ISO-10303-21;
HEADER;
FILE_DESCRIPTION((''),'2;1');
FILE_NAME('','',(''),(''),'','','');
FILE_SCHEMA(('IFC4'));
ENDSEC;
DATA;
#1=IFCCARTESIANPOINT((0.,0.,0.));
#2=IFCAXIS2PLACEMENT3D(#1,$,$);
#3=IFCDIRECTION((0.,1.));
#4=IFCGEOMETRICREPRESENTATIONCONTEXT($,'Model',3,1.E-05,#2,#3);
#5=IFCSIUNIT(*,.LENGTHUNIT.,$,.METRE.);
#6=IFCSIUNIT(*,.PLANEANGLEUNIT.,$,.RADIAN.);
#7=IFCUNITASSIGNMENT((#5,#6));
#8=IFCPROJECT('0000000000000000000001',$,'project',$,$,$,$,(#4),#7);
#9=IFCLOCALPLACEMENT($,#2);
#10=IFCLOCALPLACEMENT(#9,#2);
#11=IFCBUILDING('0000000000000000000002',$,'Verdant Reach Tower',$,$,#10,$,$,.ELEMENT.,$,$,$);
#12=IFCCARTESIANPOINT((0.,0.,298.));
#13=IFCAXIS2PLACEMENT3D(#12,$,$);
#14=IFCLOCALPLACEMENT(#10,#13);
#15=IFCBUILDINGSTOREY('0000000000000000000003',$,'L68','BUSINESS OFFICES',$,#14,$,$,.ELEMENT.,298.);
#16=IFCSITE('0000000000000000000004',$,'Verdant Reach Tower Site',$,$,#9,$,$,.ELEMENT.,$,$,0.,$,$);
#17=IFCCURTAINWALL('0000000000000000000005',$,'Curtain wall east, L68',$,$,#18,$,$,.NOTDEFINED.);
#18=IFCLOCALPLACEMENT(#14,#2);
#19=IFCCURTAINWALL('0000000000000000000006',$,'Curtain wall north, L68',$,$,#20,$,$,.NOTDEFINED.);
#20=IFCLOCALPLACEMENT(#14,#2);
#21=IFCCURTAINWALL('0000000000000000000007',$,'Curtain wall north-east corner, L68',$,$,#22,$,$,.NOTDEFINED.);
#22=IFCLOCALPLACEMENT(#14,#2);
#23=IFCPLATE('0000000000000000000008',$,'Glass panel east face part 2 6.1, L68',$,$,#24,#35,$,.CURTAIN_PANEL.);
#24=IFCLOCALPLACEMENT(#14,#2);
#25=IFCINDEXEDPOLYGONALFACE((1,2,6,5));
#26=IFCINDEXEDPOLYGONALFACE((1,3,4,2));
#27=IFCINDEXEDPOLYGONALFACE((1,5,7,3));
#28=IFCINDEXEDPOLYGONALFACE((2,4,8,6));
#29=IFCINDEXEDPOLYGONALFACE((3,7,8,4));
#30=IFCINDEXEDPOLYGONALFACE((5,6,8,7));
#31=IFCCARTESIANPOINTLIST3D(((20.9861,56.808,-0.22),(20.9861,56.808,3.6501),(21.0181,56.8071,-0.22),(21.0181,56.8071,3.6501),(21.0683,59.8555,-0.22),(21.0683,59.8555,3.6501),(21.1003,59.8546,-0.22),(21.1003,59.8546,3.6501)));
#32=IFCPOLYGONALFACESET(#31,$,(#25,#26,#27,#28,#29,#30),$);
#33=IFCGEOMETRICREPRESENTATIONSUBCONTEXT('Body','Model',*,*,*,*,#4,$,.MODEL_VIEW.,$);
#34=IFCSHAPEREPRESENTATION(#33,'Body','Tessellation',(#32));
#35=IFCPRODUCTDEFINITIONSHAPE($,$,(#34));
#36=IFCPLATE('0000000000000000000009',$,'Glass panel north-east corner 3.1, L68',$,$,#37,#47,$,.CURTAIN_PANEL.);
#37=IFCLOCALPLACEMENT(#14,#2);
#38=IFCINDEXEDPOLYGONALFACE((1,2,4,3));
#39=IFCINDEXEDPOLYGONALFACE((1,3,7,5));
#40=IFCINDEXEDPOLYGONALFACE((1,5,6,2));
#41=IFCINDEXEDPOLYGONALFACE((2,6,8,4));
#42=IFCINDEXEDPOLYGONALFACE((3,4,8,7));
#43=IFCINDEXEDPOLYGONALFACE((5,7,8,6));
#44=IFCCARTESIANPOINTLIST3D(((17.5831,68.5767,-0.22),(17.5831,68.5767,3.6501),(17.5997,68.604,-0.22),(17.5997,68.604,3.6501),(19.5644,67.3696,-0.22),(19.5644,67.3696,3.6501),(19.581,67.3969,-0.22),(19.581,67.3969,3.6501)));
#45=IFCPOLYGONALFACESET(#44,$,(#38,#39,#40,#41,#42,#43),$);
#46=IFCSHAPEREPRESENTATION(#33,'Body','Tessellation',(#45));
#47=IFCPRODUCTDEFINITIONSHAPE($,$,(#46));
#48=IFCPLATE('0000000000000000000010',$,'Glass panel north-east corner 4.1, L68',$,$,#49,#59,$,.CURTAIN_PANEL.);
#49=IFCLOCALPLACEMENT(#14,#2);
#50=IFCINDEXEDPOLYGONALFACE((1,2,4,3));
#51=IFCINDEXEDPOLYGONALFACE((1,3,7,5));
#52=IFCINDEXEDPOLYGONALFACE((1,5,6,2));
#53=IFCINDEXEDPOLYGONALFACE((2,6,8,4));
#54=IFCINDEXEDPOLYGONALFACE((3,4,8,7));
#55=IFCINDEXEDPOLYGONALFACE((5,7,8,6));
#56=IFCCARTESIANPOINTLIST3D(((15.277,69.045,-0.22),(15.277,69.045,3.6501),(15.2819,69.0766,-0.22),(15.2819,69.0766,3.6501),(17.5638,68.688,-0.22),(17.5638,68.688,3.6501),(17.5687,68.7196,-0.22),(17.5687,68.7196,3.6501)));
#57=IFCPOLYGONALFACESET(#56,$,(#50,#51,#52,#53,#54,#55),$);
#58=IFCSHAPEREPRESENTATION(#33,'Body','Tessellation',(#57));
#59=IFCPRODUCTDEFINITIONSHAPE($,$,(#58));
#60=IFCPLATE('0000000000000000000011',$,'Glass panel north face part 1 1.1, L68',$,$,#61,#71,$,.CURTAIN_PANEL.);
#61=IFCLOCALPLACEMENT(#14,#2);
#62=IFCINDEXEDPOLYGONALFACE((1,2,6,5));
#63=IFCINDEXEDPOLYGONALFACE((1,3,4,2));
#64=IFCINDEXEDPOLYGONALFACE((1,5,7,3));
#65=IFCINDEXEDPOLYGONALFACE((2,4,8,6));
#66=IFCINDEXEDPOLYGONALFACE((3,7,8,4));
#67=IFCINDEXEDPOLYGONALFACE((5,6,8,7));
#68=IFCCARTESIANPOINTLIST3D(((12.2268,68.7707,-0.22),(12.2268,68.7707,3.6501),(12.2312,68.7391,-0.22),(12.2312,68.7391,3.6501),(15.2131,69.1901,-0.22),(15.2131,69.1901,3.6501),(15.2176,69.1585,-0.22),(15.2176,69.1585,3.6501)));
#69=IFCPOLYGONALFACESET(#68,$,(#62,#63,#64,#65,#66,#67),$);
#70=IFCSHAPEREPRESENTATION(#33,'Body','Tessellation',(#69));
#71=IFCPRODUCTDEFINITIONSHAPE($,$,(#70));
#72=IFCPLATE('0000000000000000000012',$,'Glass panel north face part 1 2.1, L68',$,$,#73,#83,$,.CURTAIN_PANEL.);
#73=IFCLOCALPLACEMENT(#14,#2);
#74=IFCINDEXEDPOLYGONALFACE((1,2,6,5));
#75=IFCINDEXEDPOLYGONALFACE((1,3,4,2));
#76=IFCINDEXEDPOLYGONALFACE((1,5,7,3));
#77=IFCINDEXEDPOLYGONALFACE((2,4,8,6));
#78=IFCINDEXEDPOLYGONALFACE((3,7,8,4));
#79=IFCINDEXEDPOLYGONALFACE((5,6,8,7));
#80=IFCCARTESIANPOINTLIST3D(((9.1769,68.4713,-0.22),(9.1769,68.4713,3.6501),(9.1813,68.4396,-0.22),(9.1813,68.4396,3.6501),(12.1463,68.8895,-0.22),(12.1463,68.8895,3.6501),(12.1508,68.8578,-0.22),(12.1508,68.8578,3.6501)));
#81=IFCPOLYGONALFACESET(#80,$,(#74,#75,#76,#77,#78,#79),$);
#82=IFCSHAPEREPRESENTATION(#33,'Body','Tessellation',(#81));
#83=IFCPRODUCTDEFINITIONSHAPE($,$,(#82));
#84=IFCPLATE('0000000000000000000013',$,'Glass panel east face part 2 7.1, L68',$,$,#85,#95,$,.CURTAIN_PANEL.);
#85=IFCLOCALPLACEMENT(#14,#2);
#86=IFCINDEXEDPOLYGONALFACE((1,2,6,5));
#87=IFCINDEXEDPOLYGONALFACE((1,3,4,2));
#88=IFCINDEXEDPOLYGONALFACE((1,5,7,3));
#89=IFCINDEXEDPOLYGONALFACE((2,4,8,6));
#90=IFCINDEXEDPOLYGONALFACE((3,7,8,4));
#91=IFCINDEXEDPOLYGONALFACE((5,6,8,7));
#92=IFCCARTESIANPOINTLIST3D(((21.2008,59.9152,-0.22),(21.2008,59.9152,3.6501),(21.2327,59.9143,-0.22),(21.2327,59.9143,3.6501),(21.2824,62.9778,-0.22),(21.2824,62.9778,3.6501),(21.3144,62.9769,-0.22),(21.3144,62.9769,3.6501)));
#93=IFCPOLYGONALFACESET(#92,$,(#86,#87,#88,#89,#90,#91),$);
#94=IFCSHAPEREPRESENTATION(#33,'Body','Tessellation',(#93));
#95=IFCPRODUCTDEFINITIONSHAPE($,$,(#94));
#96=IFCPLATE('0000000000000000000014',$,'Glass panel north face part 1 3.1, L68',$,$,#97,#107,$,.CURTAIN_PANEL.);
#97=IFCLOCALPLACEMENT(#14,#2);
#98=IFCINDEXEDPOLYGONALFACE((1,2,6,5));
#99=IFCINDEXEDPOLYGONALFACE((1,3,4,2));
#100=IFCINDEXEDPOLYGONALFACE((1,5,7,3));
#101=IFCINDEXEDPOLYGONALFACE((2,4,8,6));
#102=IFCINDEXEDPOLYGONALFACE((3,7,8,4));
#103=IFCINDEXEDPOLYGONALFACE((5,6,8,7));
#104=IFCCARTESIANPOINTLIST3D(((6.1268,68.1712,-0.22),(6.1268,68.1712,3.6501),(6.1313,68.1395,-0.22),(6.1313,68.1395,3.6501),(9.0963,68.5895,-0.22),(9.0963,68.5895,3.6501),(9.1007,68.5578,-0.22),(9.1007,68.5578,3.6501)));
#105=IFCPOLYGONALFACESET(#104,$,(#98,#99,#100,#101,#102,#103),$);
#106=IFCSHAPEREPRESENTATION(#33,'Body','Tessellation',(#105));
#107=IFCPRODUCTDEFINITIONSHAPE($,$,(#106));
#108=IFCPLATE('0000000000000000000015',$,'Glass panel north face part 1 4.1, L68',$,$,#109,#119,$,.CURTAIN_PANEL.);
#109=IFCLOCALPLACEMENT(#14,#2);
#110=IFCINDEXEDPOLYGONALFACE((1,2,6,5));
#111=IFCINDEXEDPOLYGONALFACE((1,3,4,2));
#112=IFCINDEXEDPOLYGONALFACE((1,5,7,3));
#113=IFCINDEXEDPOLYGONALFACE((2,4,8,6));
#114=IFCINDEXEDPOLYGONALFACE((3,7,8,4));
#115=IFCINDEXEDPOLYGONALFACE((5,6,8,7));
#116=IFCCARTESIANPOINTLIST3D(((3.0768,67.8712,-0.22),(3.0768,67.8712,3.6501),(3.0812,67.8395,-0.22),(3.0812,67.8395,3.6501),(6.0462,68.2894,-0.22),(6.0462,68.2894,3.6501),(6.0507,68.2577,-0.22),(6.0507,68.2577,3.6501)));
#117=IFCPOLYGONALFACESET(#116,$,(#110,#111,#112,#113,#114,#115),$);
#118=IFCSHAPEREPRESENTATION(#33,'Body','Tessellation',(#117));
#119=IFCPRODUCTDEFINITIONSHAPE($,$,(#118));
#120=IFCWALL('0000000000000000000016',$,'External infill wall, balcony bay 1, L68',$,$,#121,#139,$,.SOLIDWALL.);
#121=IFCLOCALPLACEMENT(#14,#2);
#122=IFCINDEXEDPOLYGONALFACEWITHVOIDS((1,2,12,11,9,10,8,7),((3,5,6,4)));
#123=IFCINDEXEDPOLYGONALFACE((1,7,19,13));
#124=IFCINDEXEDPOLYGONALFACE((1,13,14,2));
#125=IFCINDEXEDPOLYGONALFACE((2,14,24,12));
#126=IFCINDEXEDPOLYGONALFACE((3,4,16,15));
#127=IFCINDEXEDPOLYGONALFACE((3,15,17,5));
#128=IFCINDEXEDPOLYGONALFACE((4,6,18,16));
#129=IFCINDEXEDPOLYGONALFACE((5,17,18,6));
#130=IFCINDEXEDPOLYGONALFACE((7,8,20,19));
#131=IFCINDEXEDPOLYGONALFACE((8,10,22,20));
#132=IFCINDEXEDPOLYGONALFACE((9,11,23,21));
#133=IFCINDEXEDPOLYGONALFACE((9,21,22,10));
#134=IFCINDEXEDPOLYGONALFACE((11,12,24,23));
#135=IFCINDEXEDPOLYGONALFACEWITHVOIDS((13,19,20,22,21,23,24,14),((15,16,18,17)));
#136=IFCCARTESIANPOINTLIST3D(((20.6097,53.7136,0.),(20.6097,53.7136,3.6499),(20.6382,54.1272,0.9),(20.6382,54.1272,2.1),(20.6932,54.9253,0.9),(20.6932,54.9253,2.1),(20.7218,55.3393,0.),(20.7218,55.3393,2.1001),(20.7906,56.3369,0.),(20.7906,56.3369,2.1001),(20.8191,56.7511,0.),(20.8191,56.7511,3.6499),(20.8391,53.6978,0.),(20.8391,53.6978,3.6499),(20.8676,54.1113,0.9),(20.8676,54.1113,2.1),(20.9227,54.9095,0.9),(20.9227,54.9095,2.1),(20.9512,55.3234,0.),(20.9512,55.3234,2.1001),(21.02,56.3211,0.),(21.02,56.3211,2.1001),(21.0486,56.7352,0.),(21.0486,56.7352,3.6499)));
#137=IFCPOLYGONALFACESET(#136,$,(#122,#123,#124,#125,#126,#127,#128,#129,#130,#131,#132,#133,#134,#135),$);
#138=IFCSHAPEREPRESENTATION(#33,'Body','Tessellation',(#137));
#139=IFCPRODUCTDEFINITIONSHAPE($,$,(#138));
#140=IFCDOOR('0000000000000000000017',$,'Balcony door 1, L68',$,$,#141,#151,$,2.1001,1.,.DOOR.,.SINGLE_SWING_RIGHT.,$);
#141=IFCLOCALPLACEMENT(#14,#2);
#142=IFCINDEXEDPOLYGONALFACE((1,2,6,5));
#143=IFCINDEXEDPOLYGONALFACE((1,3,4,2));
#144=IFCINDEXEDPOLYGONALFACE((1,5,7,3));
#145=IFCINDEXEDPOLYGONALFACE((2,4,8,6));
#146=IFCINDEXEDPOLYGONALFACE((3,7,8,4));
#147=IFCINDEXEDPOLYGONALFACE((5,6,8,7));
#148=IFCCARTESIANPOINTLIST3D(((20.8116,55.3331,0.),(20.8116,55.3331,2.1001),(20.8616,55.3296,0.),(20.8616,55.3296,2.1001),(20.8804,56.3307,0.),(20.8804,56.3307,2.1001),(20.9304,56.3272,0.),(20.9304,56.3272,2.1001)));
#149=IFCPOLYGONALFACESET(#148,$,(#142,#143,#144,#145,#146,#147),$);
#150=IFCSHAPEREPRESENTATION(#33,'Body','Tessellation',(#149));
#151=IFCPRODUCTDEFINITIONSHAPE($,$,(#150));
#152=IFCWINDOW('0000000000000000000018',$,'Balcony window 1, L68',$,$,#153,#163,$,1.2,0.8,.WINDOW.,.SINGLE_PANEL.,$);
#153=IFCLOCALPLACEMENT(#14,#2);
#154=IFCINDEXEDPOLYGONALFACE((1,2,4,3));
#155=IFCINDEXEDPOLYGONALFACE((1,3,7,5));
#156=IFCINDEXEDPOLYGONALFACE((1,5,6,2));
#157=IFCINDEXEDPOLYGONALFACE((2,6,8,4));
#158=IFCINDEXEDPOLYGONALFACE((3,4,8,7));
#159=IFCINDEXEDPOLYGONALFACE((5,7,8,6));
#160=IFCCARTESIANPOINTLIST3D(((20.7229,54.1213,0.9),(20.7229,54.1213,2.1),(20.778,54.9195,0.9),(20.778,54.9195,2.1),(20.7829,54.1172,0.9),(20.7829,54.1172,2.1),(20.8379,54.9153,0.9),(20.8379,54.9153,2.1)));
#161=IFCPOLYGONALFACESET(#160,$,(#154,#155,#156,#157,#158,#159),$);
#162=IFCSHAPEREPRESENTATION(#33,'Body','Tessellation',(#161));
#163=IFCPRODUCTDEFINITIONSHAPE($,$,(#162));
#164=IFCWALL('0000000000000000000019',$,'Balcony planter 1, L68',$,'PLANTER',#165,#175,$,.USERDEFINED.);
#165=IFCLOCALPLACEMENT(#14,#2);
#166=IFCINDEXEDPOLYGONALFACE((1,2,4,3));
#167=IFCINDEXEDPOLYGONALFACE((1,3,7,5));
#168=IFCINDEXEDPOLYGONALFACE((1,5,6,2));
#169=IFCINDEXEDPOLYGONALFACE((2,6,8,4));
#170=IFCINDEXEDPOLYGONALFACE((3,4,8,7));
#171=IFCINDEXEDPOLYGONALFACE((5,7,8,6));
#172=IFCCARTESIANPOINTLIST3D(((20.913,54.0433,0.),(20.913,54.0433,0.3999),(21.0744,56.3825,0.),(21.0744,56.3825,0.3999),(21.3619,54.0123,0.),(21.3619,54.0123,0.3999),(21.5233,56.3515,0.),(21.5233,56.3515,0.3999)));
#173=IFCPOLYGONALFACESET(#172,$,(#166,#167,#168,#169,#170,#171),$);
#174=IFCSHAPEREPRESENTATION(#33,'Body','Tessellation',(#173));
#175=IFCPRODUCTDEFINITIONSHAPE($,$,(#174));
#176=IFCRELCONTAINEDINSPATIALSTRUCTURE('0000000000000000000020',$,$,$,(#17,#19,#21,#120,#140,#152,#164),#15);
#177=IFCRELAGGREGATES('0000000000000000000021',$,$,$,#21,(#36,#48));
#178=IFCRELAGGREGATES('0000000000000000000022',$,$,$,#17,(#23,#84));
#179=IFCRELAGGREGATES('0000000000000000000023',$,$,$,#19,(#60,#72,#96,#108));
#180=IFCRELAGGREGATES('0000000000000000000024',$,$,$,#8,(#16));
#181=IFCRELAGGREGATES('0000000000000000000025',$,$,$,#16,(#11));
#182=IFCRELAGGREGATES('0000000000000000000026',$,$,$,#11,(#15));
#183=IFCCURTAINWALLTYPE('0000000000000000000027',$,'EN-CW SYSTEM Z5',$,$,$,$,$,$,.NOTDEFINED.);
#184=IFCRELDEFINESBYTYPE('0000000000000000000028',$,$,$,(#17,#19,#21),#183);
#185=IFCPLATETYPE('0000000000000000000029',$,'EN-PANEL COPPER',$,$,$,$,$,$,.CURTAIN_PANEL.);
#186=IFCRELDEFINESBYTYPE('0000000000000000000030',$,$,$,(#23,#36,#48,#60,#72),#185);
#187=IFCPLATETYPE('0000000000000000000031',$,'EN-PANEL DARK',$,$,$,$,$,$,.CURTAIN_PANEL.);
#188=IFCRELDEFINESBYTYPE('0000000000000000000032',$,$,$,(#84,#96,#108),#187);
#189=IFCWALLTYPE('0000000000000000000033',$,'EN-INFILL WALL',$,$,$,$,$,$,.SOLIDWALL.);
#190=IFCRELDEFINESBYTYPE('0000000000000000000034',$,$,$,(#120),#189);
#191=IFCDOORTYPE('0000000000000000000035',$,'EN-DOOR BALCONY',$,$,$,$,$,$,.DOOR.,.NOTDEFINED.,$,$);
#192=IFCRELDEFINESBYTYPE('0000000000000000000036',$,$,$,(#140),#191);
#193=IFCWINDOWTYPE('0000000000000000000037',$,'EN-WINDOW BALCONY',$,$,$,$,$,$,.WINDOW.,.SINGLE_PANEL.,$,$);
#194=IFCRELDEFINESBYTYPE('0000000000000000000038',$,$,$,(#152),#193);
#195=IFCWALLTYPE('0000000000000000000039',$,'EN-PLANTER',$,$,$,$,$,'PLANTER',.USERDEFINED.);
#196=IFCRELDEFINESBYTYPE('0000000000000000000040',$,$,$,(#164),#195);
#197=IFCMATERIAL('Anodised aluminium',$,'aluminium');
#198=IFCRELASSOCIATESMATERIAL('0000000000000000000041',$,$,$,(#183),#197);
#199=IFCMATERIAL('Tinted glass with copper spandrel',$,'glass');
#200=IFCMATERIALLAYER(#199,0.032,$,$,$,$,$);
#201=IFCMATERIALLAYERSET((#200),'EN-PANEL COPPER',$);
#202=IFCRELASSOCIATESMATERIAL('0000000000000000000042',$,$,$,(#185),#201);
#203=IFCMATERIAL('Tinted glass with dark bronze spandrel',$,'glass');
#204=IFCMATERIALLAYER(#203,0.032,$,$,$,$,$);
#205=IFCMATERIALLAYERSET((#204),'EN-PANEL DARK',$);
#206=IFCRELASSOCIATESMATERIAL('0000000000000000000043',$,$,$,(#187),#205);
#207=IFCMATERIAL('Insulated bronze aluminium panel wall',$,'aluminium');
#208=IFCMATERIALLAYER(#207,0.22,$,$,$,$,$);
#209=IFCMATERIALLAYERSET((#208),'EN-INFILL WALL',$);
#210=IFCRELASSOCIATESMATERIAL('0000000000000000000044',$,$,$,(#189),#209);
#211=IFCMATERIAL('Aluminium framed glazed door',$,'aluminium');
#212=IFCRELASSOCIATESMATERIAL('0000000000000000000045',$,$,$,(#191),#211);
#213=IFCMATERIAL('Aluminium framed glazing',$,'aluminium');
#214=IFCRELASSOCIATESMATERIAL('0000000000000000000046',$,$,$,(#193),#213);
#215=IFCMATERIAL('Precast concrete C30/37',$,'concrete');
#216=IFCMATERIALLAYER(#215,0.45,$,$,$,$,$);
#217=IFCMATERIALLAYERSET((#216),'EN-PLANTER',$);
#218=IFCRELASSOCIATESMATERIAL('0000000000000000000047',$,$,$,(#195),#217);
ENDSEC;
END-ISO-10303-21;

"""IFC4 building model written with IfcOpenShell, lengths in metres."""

from ifc_helpers import new_model, si_unit, direction, frame, frame_2d, origin, origin_2d, place, context, subcontext, project, spatial, rectangle, extrude, material, layer, layer_set, type_object, element, fill, aggregate, save


model = new_model("IFC4")

# Units and contexts
model_context = context("Model", 3, precision=1e-05, world=origin(), true_north=direction((0.0, 1.0)))
body_context = subcontext(model_context, "Body", "Model", "MODEL_VIEW")
ifc_project = project(units=[si_unit("LENGTHUNIT", "METRE"), si_unit("PLANEANGLEUNIT", "RADIAN")], contexts=[model_context])

# Site, building, storey
site_placement = place(None, origin())
site = spatial("IfcSite", under=ifc_project, at=site_placement, Name="Verdant Reach Tower Site", CompositionType="ELEMENT", RefElevation=0.0)
building_placement = place(site_placement, origin())
building = spatial("IfcBuilding", under=site, at=building_placement, Name="Verdant Reach Tower", CompositionType="ELEMENT")
storey_placement = place(building_placement, frame((0.0, 0.0, 298.0)))
storey = spatial("IfcBuildingStorey", under=building, at=storey_placement, Name="L68", Description="BUSINESS OFFICES", CompositionType="ELEMENT", Elevation=298.0)

# Curtain walls
ifc_material_1 = material(Name="Anodised aluminium", Category="aluminium")
curtain_wall_type = type_object("IfcCurtainWallType", Name="EN-CW SYSTEM Z5", PredefinedType="NOTDEFINED", material=ifc_material_1)
curtain_wall_1_placement = place(storey_placement, origin())
curtain_wall_1 = element("IfcCurtainWall", 1, at=curtain_wall_1_placement, inside=storey, type_object=curtain_wall_type, Name="Curtain wall east, L68", PredefinedType="NOTDEFINED")
curtain_wall_2_placement = place(storey_placement, origin())
curtain_wall_2 = element("IfcCurtainWall", 2, at=curtain_wall_2_placement, inside=storey, type_object=curtain_wall_type, Name="Curtain wall north, L68", PredefinedType="NOTDEFINED")

# Curtain wall
curtain_wall_3_placement = place(storey_placement, origin())
curtain_wall_3 = element("IfcCurtainWall", 3, at=curtain_wall_3_placement, inside=storey, type_object=curtain_wall_type, Name="Curtain wall north-east corner, L68", PredefinedType="NOTDEFINED")

# Plates
ifc_material_2 = material(Name="Tinted glass with copper spandrel", Category="glass")
ifc_layer_1 = layer(ifc_material_2, 0.032)
ifc_layer_set_1 = layer_set([ifc_layer_1], Name="EN-PANEL COPPER")
plate_type_1 = type_object("IfcPlateType", Name="EN-PANEL COPPER", PredefinedType="CURTAIN_PANEL", material=ifc_layer_set_1)
plate_1_placement = place(storey_placement, frame((21.0432, 58.3313, -0.22), z_axis=(0.0, 0.0, 1.0), x_axis=(0.026965, 0.999636, 0.0)))
plate_1 = element("IfcPlate", 4, at=plate_1_placement, type_object=plate_type_1, Name="Glass panel east face part 2 6.1, L68", PredefinedType="CURTAIN_PANEL", context=body_context, shape_type="SweptSolid", body=[
    extrude(rectangle(XDim=3.0486, YDim=0.032, at=origin_2d()), origin(), (0.0, 0.0, 1.0), 3.8701),
])
plate_2_placement = place(storey_placement, frame((18.582, 67.9868, -0.22), z_axis=(0.0, 0.0, 1.0), x_axis=(-0.853989, 0.520292, 0.0)))
plate_2 = element("IfcPlate", 5, at=plate_2_placement, type_object=plate_type_1, Name="Glass panel north-east corner 3.1, L68", PredefinedType="CURTAIN_PANEL", context=body_context, shape_type="SweptSolid", body=[
    extrude(rectangle(XDim=2.3201, YDim=0.032, at=origin_2d()), origin(), (0.0, 0.0, 1.0), 3.8701),
])
plate_3_placement = place(storey_placement, frame((16.4229, 68.8823, -0.22), z_axis=(0.0, 0.0, 1.0), x_axis=(-0.988033, 0.15424, 0.0)))
plate_3 = element("IfcPlate", 6, at=plate_3_placement, type_object=plate_type_1, Name="Glass panel north-east corner 4.1, L68", PredefinedType="CURTAIN_PANEL", context=body_context, shape_type="SweptSolid", body=[
    extrude(rectangle(XDim=2.3145, YDim=0.032, at=origin_2d()), origin(), (0.0, 0.0, 1.0), 3.8701),
])
aggregate(curtain_wall_3, [plate_2, plate_3])
plate_4_placement = place(storey_placement, frame((13.7222, 68.9646, -0.22), z_axis=(0.0, 0.0, 1.0), x_axis=(-0.990282, -0.139077, 0.0)))
plate_4 = element("IfcPlate", 7, at=plate_4_placement, type_object=plate_type_1, Name="Glass panel north face part 1 1.1, L68", PredefinedType="CURTAIN_PANEL", context=body_context, shape_type="SweptSolid", body=[
    extrude(rectangle(XDim=3.0156, YDim=0.032, at=origin_2d()), origin(), (0.0, 0.0, 1.0), 3.8701),
])
plate_5_placement = place(storey_placement, frame((10.6638, 68.6646, -0.22), z_axis=(0.0, 0.0, 1.0), x_axis=(-0.990225, -0.139477, 0.0)))
plate_5 = element("IfcPlate", 8, at=plate_5_placement, type_object=plate_type_1, Name="Glass panel north face part 1 2.1, L68", PredefinedType="CURTAIN_PANEL", context=body_context, shape_type="SweptSolid", body=[
    extrude(rectangle(XDim=2.9988, YDim=0.032, at=origin_2d()), origin(), (0.0, 0.0, 1.0), 3.8701),
])
ifc_material_3 = material(Name="Tinted glass with dark bronze spandrel", Category="glass")
ifc_layer_2 = layer(ifc_material_3, 0.032)
ifc_layer_set_2 = layer_set([ifc_layer_2], Name="EN-PANEL DARK")
plate_type_2 = type_object("IfcPlateType", Name="EN-PANEL DARK", PredefinedType="CURTAIN_PANEL", material=ifc_layer_set_2)
plate_6_placement = place(storey_placement, frame((21.2576, 61.446, -0.22), z_axis=(0.0, 0.0, 1.0), x_axis=(0.026643, 0.999645, 0.0)))
plate_6 = element("IfcPlate", 9, at=plate_6_placement, type_object=plate_type_2, Name="Glass panel east face part 2 7.1, L68", PredefinedType="CURTAIN_PANEL", context=body_context, shape_type="SweptSolid", body=[
    extrude(rectangle(XDim=3.0637, YDim=0.032, at=origin_2d()), origin(), (0.0, 0.0, 1.0), 3.8701),
])
aggregate(curtain_wall_1, [plate_1, plate_6])
plate_7_placement = place(storey_placement, frame((7.6138, 68.3645, -0.22), z_axis=(0.0, 0.0, 1.0), x_axis=(-0.990225, -0.139477, 0.0)))
plate_7 = element("IfcPlate", 10, at=plate_7_placement, type_object=plate_type_2, Name="Glass panel north face part 1 3.1, L68", PredefinedType="CURTAIN_PANEL", context=body_context, shape_type="SweptSolid", body=[
    extrude(rectangle(XDim=2.9988, YDim=0.032, at=origin_2d()), origin(), (0.0, 0.0, 1.0), 3.8701),
])
plate_8_placement = place(storey_placement, frame((4.5637, 68.0645, -0.22), z_axis=(0.0, 0.0, 1.0), x_axis=(-0.990225, -0.139477, 0.0)))
plate_8 = element("IfcPlate", 11, at=plate_8_placement, type_object=plate_type_2, Name="Glass panel north face part 1 4.1, L68", PredefinedType="CURTAIN_PANEL", context=body_context, shape_type="SweptSolid", body=[
    extrude(rectangle(XDim=2.9988, YDim=0.032, at=origin_2d()), origin(), (0.0, 0.0, 1.0), 3.8701),
])
aggregate(curtain_wall_2, [plate_4, plate_5, plate_7, plate_8])

# Wall, openings, door, window
ifc_material_4 = material(Name="Insulated bronze aluminium panel wall", Category="aluminium")
ifc_layer_3 = layer(ifc_material_4, 0.22)
ifc_layer_set_3 = layer_set([ifc_layer_3], Name="EN-INFILL WALL")
wall_type_1 = type_object("IfcWallType", Name="EN-INFILL WALL", PredefinedType="SOLIDWALL", material=ifc_layer_set_3)
wall_1_placement = place(storey_placement, frame((20.7244, 53.7056, 0.0), z_axis=(0.0, 0.0, 1.0), x_axis=(0.068802, 0.99763, 0.0)))
wall_1 = element("IfcWall", 12, at=wall_1_placement, inside=storey, type_object=wall_type_1, Name="External infill wall, balcony bay 1, L68", PredefinedType="SOLIDWALL", context=body_context, shape_type="SweptSolid", body=[
    extrude(rectangle(XDim=3.0447, YDim=0.23, at=frame_2d((1.5225, 0.0))), origin(), (0.0, 0.0, 1.0), 3.6499),
])
opening_1_placement = place(wall_1_placement, frame((1.6296, 0.0, 0.0)))
opening_1 = element("IfcOpeningElement", 13, at=opening_1_placement, cuts=wall_1, PredefinedType="OPENING", context=body_context, shape_type="SweptSolid", body=[
    extrude(rectangle(XDim=1.0, YDim=2.1001, at=frame_2d((0.5, 1.05))), frame((0.0, 0.125, 0.0), z_axis=(0.0, -1.0, 0.0), x_axis=(1.0, 0.0, 0.0)), (0.0, 0.0, 1.0), 0.25),
])
opening_2_placement = place(wall_1_placement, frame((0.4148, 0.0, 0.8999)))
opening_2 = element("IfcOpeningElement", 14, at=opening_2_placement, cuts=wall_1, PredefinedType="OPENING", context=body_context, shape_type="SweptSolid", body=[
    extrude(rectangle(XDim=0.8, YDim=1.2, at=frame_2d((0.3999, 0.6001))), frame((0.0, 0.125, 0.0), z_axis=(0.0, -1.0, 0.0), x_axis=(1.0, 0.0, 0.0)), (0.0, 0.0, 1.0), 0.25),
])
ifc_material_5 = material(Name="Aluminium framed glazed door", Category="aluminium")
door_type_1 = type_object("IfcDoorType", Name="EN-DOOR BALCONY", OperationType="NOTDEFINED", PredefinedType="DOOR", material=ifc_material_5)
door_1_placement = place(opening_1_placement, origin())
door_1 = element("IfcDoor", 15, at=door_1_placement, inside=storey, type_object=door_type_1, Name="Balcony door 1, L68", OperationType="SINGLE_SWING_RIGHT", OverallHeight=2.1001, OverallWidth=1.0, PredefinedType="DOOR", context=body_context, shape_type="SweptSolid", body=[
    extrude(rectangle(XDim=1.0, YDim=2.1001, at=frame_2d((0.5, 1.05))), frame((0.0, 0.0249, 0.0), z_axis=(0.0, -1.0, 0.0), x_axis=(1.0, 0.0, 0.0)), (0.0, 0.0, 1.0), 0.05),
])
fill(opening_1, door_1)
ifc_material_6 = material(Name="Aluminium framed glazing", Category="aluminium")
window_type = type_object("IfcWindowType", Name="EN-WINDOW BALCONY", PartitioningType="SINGLE_PANEL", PredefinedType="WINDOW", material=ifc_material_6)
window_placement = place(opening_2_placement, origin())
window = element("IfcWindow", 16, at=window_placement, inside=storey, type_object=window_type, Name="Balcony window 1, L68", OverallHeight=1.2, OverallWidth=0.8, PartitioningType="SINGLE_PANEL", PredefinedType="WINDOW", context=body_context, shape_type="SweptSolid", body=[
    extrude(rectangle(XDim=0.8, YDim=1.2, at=frame_2d((0.3999, 0.6001))), frame((0.0, 0.03, 0.0), z_axis=(0.0, -1.0, 0.0), x_axis=(1.0, 0.0, 0.0)), (0.0, 0.0, 1.0), 0.0601),
])
fill(opening_2, window)

# Wall
ifc_material_7 = material(Name="Precast concrete C30/37", Category="concrete")
ifc_layer_4 = layer(ifc_material_7, 0.45)
ifc_layer_set_4 = layer_set([ifc_layer_4], Name="EN-PLANTER")
wall_type_2 = type_object("IfcWallType", Name="EN-PLANTER", ElementType="PLANTER", PredefinedType="USERDEFINED", material=ifc_layer_set_4)
wall_2_placement = place(storey_placement, frame((21.1375, 54.0278, 0.0), z_axis=(0.0, 0.0, 1.0), x_axis=(0.068827, 0.997629, 0.0)))
element("IfcWall", 17, at=wall_2_placement, inside=storey, type_object=wall_type_2, Name="Balcony planter 1, L68", ObjectType="PLANTER", PredefinedType="USERDEFINED", context=body_context, shape_type="SweptSolid", body=[
    extrude(rectangle(XDim=2.3447, YDim=0.45, at=frame_2d((1.1724, 0.0))), origin(), (0.0, 0.0, 1.0), 0.3999),
])

save(model, "model.ifc")
